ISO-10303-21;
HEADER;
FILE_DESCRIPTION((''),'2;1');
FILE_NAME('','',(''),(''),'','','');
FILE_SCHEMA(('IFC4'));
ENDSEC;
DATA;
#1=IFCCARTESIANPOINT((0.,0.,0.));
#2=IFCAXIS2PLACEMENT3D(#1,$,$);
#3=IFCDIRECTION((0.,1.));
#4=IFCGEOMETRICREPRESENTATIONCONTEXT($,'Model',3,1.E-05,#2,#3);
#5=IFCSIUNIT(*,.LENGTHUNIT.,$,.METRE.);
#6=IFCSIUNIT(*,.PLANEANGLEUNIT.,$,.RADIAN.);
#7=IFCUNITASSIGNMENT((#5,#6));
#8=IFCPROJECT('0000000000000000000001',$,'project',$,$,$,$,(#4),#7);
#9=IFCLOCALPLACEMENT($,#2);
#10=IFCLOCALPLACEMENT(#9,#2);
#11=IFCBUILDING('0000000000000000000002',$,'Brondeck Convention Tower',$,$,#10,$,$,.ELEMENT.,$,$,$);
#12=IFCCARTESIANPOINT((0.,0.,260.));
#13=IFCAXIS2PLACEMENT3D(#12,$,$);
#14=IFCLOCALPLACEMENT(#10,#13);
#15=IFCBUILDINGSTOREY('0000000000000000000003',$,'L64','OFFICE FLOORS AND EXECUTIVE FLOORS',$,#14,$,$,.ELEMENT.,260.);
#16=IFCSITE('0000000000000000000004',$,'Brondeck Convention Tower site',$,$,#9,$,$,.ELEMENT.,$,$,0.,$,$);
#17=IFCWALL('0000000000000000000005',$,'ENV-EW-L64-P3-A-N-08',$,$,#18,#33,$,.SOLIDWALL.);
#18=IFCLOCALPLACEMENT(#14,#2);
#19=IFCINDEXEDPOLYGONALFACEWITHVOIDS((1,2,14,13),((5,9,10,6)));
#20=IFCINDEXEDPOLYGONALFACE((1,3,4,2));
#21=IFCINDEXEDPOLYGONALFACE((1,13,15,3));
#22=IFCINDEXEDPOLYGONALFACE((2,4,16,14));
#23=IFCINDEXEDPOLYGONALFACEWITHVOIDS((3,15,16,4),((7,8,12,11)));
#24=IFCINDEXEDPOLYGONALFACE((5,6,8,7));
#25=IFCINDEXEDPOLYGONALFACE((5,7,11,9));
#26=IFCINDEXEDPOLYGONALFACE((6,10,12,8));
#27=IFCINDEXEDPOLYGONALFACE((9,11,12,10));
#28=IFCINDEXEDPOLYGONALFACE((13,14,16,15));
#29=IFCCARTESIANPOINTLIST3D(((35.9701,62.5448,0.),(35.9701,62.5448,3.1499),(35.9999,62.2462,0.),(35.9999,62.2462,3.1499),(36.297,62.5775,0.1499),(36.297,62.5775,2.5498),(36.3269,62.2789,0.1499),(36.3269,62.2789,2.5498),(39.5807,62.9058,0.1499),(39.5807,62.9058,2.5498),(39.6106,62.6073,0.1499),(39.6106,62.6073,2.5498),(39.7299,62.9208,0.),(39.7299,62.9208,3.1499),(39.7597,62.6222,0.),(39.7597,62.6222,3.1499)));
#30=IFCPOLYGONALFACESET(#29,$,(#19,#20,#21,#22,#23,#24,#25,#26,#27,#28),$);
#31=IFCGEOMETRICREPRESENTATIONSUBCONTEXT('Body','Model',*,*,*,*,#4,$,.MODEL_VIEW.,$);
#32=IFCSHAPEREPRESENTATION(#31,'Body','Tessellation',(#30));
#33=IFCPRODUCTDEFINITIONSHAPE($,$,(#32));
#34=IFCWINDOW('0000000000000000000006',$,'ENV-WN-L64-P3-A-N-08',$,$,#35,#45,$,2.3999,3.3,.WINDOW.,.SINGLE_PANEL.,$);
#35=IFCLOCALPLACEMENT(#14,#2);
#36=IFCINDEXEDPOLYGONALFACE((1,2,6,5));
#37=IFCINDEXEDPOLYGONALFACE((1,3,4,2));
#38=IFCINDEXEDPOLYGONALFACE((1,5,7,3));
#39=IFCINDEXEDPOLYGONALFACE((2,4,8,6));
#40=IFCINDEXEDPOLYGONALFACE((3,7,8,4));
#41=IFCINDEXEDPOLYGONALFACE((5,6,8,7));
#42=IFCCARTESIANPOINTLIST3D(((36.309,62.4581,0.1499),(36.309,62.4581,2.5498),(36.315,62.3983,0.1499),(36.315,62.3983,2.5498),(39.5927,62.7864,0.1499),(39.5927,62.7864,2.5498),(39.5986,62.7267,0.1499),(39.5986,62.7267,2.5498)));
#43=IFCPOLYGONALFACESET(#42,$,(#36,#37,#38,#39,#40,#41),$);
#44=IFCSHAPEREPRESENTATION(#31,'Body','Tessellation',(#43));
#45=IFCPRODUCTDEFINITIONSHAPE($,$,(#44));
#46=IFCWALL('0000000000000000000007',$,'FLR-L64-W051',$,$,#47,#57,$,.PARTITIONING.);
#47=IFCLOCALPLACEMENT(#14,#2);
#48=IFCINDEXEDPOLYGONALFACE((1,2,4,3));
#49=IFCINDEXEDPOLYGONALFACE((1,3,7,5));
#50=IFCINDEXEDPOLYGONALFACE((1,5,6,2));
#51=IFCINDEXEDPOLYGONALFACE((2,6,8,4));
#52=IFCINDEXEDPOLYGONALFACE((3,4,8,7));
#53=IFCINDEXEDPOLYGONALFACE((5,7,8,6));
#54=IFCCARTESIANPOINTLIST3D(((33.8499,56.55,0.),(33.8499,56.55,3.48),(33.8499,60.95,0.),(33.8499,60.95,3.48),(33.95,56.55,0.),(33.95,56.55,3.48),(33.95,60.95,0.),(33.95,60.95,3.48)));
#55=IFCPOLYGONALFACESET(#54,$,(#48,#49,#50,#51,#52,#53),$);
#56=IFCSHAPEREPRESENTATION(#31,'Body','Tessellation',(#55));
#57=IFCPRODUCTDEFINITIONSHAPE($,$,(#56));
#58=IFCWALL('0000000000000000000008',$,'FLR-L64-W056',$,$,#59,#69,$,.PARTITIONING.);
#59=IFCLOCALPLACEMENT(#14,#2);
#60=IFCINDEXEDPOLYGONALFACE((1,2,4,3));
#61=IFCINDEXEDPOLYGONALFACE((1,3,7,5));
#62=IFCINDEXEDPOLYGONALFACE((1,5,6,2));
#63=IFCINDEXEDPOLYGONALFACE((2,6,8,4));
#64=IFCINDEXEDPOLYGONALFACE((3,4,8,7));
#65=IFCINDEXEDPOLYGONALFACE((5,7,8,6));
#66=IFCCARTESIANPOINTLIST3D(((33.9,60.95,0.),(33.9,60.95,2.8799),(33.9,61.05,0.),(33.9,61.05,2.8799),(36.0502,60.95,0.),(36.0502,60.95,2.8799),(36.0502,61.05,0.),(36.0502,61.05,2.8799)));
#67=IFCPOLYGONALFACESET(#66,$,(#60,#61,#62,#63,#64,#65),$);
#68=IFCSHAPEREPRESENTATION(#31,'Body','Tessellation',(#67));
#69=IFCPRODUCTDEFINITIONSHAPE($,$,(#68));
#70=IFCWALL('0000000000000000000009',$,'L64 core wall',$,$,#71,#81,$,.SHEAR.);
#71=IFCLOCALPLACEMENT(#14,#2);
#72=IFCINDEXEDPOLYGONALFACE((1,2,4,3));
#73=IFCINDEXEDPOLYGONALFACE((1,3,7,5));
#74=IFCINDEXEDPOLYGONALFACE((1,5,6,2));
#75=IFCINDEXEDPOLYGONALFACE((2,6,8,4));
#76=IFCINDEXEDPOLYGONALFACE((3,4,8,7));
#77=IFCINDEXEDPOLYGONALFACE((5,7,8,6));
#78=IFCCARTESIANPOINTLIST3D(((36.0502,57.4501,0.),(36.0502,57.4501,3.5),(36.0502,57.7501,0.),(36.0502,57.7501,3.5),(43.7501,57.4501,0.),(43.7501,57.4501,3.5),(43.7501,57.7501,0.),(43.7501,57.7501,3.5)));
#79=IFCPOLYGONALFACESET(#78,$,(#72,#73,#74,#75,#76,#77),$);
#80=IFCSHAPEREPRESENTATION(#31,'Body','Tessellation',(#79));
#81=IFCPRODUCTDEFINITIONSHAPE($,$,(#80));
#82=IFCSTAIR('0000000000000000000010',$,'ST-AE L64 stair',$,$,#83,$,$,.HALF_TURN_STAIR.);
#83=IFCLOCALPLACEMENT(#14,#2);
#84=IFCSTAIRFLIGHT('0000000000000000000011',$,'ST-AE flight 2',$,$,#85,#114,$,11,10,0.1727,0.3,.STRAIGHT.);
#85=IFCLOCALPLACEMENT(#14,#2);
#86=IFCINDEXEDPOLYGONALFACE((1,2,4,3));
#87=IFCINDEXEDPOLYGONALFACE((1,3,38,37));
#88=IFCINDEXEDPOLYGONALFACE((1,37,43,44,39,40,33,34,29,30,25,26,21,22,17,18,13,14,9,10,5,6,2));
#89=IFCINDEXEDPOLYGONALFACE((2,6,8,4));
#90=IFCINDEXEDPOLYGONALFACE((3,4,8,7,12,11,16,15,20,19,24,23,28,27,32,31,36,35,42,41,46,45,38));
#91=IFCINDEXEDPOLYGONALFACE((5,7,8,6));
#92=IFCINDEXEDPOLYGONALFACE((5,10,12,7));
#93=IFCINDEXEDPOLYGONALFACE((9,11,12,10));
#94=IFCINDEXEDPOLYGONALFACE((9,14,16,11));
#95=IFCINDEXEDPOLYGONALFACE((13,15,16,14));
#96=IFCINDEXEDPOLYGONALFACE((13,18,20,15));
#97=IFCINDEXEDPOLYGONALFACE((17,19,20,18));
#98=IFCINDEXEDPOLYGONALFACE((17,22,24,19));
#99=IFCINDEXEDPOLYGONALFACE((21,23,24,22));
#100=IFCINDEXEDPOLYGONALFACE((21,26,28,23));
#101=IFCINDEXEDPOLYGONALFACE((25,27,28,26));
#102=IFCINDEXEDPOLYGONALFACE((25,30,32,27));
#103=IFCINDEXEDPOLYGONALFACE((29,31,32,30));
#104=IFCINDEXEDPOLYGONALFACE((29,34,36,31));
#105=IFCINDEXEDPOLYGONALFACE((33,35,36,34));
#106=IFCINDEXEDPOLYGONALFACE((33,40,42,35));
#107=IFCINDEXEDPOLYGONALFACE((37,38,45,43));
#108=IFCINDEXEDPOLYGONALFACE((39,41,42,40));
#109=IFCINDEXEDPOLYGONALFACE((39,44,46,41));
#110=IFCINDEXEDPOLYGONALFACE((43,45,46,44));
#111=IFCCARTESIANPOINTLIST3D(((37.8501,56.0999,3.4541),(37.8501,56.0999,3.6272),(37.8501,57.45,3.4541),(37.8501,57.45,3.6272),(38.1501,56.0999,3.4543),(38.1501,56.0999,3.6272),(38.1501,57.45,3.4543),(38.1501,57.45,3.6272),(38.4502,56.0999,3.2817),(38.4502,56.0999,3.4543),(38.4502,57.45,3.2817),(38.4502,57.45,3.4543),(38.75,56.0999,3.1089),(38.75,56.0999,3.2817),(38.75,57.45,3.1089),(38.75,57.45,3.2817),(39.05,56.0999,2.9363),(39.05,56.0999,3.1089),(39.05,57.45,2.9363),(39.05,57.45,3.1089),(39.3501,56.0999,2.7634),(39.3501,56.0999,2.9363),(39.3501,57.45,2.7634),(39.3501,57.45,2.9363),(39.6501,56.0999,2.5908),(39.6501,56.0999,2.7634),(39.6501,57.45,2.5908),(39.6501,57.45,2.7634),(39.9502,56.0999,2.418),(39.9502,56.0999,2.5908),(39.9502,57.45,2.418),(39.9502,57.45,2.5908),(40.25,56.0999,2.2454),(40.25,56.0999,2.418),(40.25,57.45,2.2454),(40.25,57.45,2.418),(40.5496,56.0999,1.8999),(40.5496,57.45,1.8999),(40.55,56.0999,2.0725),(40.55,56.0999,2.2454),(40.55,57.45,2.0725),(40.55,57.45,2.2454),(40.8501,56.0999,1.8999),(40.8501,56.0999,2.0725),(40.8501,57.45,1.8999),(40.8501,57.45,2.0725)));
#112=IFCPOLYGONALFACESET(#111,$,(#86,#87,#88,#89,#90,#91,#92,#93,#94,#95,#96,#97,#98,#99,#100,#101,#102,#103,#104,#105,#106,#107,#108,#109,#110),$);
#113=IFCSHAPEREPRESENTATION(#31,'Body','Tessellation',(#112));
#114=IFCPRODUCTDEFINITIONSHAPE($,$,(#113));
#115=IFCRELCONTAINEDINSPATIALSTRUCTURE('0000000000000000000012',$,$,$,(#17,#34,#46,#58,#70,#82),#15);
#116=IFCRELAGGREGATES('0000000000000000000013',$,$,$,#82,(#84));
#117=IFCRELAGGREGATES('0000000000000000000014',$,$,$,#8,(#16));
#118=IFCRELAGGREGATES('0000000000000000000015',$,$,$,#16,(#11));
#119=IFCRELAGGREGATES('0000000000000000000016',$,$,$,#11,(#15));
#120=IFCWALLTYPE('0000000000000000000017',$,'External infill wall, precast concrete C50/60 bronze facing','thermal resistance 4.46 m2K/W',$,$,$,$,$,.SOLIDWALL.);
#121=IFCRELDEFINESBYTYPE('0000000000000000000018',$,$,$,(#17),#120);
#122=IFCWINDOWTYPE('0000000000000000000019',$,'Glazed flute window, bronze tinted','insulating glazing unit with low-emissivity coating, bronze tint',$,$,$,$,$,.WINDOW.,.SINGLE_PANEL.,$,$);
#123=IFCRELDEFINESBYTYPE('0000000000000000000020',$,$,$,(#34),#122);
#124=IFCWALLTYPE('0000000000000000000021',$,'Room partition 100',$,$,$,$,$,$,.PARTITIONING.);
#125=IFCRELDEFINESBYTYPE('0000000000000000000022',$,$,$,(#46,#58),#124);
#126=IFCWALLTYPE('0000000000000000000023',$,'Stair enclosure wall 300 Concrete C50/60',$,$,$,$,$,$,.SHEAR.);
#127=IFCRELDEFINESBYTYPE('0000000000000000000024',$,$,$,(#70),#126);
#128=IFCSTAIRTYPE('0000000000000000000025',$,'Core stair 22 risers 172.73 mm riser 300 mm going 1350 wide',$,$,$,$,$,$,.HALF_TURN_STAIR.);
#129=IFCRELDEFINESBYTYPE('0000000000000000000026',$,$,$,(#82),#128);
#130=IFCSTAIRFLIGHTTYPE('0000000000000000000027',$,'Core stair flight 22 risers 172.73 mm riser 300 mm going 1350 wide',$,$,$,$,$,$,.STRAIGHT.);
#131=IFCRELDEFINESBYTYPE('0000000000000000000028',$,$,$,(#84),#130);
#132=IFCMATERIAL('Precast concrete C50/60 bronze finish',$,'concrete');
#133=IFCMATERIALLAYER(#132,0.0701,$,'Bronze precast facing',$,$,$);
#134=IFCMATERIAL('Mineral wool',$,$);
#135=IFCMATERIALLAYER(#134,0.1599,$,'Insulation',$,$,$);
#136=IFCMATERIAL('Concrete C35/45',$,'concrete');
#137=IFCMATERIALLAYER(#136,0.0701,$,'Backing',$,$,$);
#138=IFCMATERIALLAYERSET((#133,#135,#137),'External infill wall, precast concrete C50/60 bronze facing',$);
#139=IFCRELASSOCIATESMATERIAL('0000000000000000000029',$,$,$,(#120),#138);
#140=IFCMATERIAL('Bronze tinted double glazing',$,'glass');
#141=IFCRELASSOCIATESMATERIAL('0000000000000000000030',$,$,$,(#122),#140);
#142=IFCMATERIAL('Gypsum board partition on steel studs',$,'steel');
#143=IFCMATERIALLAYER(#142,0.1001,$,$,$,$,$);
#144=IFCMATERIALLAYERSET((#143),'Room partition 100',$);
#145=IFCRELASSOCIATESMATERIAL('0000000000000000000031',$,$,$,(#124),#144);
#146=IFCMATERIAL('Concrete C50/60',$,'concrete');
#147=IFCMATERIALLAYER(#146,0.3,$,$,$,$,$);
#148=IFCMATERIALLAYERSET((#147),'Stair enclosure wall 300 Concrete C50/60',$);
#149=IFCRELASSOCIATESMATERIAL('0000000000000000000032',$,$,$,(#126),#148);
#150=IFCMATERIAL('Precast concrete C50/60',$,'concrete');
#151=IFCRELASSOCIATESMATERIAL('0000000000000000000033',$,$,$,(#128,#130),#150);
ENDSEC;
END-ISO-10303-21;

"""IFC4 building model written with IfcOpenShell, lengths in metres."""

from ifc_helpers import new_model, si_unit, direction, frame, frame_2d, origin, place, context, subcontext, project, spatial, polyline, rectangle, outline, extrude, material, layer, layer_set, type_object, element, fill, aggregate, save


model = new_model("IFC4")

# Units and contexts
model_context = context("Model", 3, precision=1e-05, world=origin(), true_north=direction((0.0, 1.0)))
body_context = subcontext(model_context, "Body", "Model", "MODEL_VIEW")
ifc_project = project(units=[si_unit("LENGTHUNIT", "METRE"), si_unit("PLANEANGLEUNIT", "RADIAN")], contexts=[model_context])

# Site, building, storey
site_placement = place(None, origin())
site = spatial("IfcSite", under=ifc_project, at=site_placement, Name="Brondeck Convention Tower site", CompositionType="ELEMENT", RefElevation=0.0)
building_placement = place(site_placement, origin())
building = spatial("IfcBuilding", under=site, at=building_placement, Name="Brondeck Convention Tower", CompositionType="ELEMENT")
storey_placement = place(building_placement, frame((0.0, 0.0, 260.0)))
storey = spatial("IfcBuildingStorey", under=building, at=storey_placement, Name="L64", Description="OFFICE FLOORS AND EXECUTIVE FLOORS", CompositionType="ELEMENT", Elevation=260.0)

# Shared definitions
ifc_material_1 = material(Name="Concrete C50/60", Category="concrete")

# Shared definitions
ifc_material_2 = material(Name="Precast concrete C50/60 bronze finish", Category="concrete")
ifc_layer_1 = layer(ifc_material_2, 0.0701, Name="Bronze precast facing")
ifc_material_3 = material(Name="Mineral wool")
ifc_layer_2 = layer(ifc_material_3, 0.1599, Name="Insulation")
ifc_material_4 = material(Name="Concrete C35/45", Category="concrete")
ifc_layer_3 = layer(ifc_material_4, 0.0701, Name="Backing")
ifc_layer_set_1 = layer_set([ifc_layer_1, ifc_layer_2, ifc_layer_3], Name="External infill wall, precast concrete C50/60 bronze facing")
wall_type_1 = type_object("IfcWallType", Name="External infill wall, precast concrete C50/60 bronze facing", Description="thermal resistance 4.46 m2K/W", PredefinedType="SOLIDWALL", material=ifc_layer_set_1)

# Wall, opening, window
wall_1_placement = place(storey_placement, frame((35.9851, 62.3955, 0.0), z_axis=(0.0, 0.0, 1.0), x_axis=(0.995037, 0.099504, 0.0)))
wall_1 = element("IfcWall", 1, at=wall_1_placement, inside=storey, type_object=wall_type_1, Name="ENV-EW-L64-P3-A-N-08", PredefinedType="SOLIDWALL", context=body_context, shape_type="SweptSolid", body=[
    extrude(rectangle(XDim=3.7786, YDim=0.3, at=frame_2d((1.8892, 0.0))), origin(), (0.0, 0.0, 1.0), 3.1499),
])
opening_placement = place(wall_1_placement, frame((0.3286, 0.0, 0.1499)))
opening = element("IfcOpeningElement", 2, at=opening_placement, cuts=wall_1, PredefinedType="OPENING", context=body_context, shape_type="SweptSolid", body=[
    extrude(rectangle(XDim=3.3, YDim=2.3999, at=frame_2d((1.6499, 1.2))), frame((0.0, 0.1599, 0.0), z_axis=(0.0, -1.0, 0.0), x_axis=(1.0, 0.0, 0.0)), (0.0, 0.0, 1.0), 0.3201),
])
ifc_material_5 = material(Name="Bronze tinted double glazing", Category="glass")
window_type = type_object("IfcWindowType", Name="Glazed flute window, bronze tinted", Description="insulating glazing unit with low-emissivity coating, bronze tint", PartitioningType="SINGLE_PANEL", PredefinedType="WINDOW", material=ifc_material_5)
window_placement = place(opening_placement, origin())
window = element("IfcWindow", 3, at=window_placement, inside=storey, type_object=window_type, Name="ENV-WN-L64-P3-A-N-08", OverallHeight=2.3999, OverallWidth=3.3, PartitioningType="SINGLE_PANEL", PredefinedType="WINDOW", context=body_context, shape_type="SweptSolid", body=[
    extrude(rectangle(XDim=3.3, YDim=2.3999, at=frame_2d((1.6499, 1.2))), frame((0.0, 0.03, 0.0), z_axis=(0.0, -1.0, 0.0), x_axis=(1.0, 0.0, 0.0)), (0.0, 0.0, 1.0), 0.0601),
])
fill(opening, window)

# Walls
ifc_material_6 = material(Name="Gypsum board partition on steel studs", Category="steel")
ifc_layer_4 = layer(ifc_material_6, 0.1001)
ifc_layer_set_2 = layer_set([ifc_layer_4], Name="Room partition 100")
wall_type_2 = type_object("IfcWallType", Name="Room partition 100", PredefinedType="PARTITIONING", material=ifc_layer_set_2)
wall_2_placement = place(storey_placement, frame((33.8999, 60.95, 0.0), z_axis=(0.0, 0.0, 1.0), x_axis=(0.0, -1.0, 0.0)))
element("IfcWall", 4, at=wall_2_placement, inside=storey, type_object=wall_type_2, Name="FLR-L64-W051", PredefinedType="PARTITIONING", context=body_context, shape_type="SweptSolid", body=[
    extrude(rectangle(XDim=4.3999, YDim=0.1001, at=frame_2d((2.2, 0.0))), origin(), (0.0, 0.0, 1.0), 3.48),
])
wall_3_placement = place(storey_placement, frame((33.8999, 61.0, 0.0), z_axis=(0.0, 0.0, 1.0), x_axis=(1.0, 0.0, 0.0)))
element("IfcWall", 5, at=wall_3_placement, inside=storey, type_object=wall_type_2, Name="FLR-L64-W056", PredefinedType="PARTITIONING", context=body_context, shape_type="SweptSolid", body=[
    extrude(rectangle(XDim=2.1501, YDim=0.1001, at=frame_2d((1.0752, 0.0))), origin(), (0.0, 0.0, 1.0), 2.8799),
])
ifc_layer_5 = layer(ifc_material_1, 0.3)
ifc_layer_set_3 = layer_set([ifc_layer_5], Name="Stair enclosure wall 300 Concrete C50/60")
wall_type_3 = type_object("IfcWallType", Name="Stair enclosure wall 300 Concrete C50/60", PredefinedType="SHEAR", material=ifc_layer_set_3)
wall_4_placement = place(storey_placement, frame((36.05, 57.6001, 0.0), z_axis=(0.0, 0.0, 1.0), x_axis=(1.0, 0.0, 0.0)))
element("IfcWall", 6, at=wall_4_placement, inside=storey, type_object=wall_type_3, Name="L64 core wall", PredefinedType="SHEAR", context=body_context, shape_type="SweptSolid", body=[
    extrude(rectangle(XDim=7.7, YDim=0.3, at=frame_2d((3.8501, 0.0))), origin(), (0.0, 0.0, 1.0), 3.5),
])

# Stair, stair flight
ifc_material_7 = material(Name="Precast concrete C50/60", Category="concrete")
stair_type = type_object("IfcStairType", Name="Core stair 22 risers 172.73 mm riser 300 mm going 1350 wide", PredefinedType="HALF_TURN_STAIR", material=ifc_material_7)
stair_placement = place(storey_placement, origin())
stair = element("IfcStair", 7, at=stair_placement, inside=storey, type_object=stair_type, Name="ST-AE L64 stair", PredefinedType="HALF_TURN_STAIR")
stair_flight_type = type_object("IfcStairFlightType", Name="Core stair flight 22 risers 172.73 mm riser 300 mm going 1350 wide", PredefinedType="STRAIGHT", material=ifc_material_7)
stair_flight_placement = place(storey_placement, frame((40.8501, 56.7749, 1.8999), z_axis=(0.0, 0.0, 1.0), x_axis=(-1.0, 0.0, 0.0)))
stair_flight = element("IfcStairFlight", 8, at=stair_flight_placement, type_object=stair_flight_type, Name="ST-AE flight 2", NumberOfRisers=11, NumberOfTreads=10, PredefinedType="STRAIGHT", RiserHeight=0.1727, TreadLength=0.3, context=body_context, shape_type="SweptSolid", body=[
    extrude(outline(polyline([(0.0, 0.0), (0.0, 0.1726), (0.3, 0.1726), (0.3, 0.3455), (0.6001, 0.3455), (0.6001, 0.5181), (0.8999, 0.5181), (0.8999, 0.6909), (1.2, 0.6909), (1.2, 0.8635), (1.5, 0.8635), (1.5, 1.0364), (1.8, 1.0364), (1.8, 1.209), (2.1001, 1.209), (2.1001, 1.3818), (2.3999, 1.3818), (2.3999, 1.5544), (2.7, 1.5544), (2.7, 1.7273), (3.0, 1.7273), (3.0, 1.8999), (3.0, 1.5542), (0.3005, 0.0), (0.0, 0.0)])), frame((0.0, 0.675, 0.0), z_axis=(0.0, -1.0, 0.0), x_axis=(1.0, 0.0, 0.0)), (0.0, 0.0, 1.0), 1.3501),
])
aggregate(stair, [stair_flight])

save(model, "model.ifc")
